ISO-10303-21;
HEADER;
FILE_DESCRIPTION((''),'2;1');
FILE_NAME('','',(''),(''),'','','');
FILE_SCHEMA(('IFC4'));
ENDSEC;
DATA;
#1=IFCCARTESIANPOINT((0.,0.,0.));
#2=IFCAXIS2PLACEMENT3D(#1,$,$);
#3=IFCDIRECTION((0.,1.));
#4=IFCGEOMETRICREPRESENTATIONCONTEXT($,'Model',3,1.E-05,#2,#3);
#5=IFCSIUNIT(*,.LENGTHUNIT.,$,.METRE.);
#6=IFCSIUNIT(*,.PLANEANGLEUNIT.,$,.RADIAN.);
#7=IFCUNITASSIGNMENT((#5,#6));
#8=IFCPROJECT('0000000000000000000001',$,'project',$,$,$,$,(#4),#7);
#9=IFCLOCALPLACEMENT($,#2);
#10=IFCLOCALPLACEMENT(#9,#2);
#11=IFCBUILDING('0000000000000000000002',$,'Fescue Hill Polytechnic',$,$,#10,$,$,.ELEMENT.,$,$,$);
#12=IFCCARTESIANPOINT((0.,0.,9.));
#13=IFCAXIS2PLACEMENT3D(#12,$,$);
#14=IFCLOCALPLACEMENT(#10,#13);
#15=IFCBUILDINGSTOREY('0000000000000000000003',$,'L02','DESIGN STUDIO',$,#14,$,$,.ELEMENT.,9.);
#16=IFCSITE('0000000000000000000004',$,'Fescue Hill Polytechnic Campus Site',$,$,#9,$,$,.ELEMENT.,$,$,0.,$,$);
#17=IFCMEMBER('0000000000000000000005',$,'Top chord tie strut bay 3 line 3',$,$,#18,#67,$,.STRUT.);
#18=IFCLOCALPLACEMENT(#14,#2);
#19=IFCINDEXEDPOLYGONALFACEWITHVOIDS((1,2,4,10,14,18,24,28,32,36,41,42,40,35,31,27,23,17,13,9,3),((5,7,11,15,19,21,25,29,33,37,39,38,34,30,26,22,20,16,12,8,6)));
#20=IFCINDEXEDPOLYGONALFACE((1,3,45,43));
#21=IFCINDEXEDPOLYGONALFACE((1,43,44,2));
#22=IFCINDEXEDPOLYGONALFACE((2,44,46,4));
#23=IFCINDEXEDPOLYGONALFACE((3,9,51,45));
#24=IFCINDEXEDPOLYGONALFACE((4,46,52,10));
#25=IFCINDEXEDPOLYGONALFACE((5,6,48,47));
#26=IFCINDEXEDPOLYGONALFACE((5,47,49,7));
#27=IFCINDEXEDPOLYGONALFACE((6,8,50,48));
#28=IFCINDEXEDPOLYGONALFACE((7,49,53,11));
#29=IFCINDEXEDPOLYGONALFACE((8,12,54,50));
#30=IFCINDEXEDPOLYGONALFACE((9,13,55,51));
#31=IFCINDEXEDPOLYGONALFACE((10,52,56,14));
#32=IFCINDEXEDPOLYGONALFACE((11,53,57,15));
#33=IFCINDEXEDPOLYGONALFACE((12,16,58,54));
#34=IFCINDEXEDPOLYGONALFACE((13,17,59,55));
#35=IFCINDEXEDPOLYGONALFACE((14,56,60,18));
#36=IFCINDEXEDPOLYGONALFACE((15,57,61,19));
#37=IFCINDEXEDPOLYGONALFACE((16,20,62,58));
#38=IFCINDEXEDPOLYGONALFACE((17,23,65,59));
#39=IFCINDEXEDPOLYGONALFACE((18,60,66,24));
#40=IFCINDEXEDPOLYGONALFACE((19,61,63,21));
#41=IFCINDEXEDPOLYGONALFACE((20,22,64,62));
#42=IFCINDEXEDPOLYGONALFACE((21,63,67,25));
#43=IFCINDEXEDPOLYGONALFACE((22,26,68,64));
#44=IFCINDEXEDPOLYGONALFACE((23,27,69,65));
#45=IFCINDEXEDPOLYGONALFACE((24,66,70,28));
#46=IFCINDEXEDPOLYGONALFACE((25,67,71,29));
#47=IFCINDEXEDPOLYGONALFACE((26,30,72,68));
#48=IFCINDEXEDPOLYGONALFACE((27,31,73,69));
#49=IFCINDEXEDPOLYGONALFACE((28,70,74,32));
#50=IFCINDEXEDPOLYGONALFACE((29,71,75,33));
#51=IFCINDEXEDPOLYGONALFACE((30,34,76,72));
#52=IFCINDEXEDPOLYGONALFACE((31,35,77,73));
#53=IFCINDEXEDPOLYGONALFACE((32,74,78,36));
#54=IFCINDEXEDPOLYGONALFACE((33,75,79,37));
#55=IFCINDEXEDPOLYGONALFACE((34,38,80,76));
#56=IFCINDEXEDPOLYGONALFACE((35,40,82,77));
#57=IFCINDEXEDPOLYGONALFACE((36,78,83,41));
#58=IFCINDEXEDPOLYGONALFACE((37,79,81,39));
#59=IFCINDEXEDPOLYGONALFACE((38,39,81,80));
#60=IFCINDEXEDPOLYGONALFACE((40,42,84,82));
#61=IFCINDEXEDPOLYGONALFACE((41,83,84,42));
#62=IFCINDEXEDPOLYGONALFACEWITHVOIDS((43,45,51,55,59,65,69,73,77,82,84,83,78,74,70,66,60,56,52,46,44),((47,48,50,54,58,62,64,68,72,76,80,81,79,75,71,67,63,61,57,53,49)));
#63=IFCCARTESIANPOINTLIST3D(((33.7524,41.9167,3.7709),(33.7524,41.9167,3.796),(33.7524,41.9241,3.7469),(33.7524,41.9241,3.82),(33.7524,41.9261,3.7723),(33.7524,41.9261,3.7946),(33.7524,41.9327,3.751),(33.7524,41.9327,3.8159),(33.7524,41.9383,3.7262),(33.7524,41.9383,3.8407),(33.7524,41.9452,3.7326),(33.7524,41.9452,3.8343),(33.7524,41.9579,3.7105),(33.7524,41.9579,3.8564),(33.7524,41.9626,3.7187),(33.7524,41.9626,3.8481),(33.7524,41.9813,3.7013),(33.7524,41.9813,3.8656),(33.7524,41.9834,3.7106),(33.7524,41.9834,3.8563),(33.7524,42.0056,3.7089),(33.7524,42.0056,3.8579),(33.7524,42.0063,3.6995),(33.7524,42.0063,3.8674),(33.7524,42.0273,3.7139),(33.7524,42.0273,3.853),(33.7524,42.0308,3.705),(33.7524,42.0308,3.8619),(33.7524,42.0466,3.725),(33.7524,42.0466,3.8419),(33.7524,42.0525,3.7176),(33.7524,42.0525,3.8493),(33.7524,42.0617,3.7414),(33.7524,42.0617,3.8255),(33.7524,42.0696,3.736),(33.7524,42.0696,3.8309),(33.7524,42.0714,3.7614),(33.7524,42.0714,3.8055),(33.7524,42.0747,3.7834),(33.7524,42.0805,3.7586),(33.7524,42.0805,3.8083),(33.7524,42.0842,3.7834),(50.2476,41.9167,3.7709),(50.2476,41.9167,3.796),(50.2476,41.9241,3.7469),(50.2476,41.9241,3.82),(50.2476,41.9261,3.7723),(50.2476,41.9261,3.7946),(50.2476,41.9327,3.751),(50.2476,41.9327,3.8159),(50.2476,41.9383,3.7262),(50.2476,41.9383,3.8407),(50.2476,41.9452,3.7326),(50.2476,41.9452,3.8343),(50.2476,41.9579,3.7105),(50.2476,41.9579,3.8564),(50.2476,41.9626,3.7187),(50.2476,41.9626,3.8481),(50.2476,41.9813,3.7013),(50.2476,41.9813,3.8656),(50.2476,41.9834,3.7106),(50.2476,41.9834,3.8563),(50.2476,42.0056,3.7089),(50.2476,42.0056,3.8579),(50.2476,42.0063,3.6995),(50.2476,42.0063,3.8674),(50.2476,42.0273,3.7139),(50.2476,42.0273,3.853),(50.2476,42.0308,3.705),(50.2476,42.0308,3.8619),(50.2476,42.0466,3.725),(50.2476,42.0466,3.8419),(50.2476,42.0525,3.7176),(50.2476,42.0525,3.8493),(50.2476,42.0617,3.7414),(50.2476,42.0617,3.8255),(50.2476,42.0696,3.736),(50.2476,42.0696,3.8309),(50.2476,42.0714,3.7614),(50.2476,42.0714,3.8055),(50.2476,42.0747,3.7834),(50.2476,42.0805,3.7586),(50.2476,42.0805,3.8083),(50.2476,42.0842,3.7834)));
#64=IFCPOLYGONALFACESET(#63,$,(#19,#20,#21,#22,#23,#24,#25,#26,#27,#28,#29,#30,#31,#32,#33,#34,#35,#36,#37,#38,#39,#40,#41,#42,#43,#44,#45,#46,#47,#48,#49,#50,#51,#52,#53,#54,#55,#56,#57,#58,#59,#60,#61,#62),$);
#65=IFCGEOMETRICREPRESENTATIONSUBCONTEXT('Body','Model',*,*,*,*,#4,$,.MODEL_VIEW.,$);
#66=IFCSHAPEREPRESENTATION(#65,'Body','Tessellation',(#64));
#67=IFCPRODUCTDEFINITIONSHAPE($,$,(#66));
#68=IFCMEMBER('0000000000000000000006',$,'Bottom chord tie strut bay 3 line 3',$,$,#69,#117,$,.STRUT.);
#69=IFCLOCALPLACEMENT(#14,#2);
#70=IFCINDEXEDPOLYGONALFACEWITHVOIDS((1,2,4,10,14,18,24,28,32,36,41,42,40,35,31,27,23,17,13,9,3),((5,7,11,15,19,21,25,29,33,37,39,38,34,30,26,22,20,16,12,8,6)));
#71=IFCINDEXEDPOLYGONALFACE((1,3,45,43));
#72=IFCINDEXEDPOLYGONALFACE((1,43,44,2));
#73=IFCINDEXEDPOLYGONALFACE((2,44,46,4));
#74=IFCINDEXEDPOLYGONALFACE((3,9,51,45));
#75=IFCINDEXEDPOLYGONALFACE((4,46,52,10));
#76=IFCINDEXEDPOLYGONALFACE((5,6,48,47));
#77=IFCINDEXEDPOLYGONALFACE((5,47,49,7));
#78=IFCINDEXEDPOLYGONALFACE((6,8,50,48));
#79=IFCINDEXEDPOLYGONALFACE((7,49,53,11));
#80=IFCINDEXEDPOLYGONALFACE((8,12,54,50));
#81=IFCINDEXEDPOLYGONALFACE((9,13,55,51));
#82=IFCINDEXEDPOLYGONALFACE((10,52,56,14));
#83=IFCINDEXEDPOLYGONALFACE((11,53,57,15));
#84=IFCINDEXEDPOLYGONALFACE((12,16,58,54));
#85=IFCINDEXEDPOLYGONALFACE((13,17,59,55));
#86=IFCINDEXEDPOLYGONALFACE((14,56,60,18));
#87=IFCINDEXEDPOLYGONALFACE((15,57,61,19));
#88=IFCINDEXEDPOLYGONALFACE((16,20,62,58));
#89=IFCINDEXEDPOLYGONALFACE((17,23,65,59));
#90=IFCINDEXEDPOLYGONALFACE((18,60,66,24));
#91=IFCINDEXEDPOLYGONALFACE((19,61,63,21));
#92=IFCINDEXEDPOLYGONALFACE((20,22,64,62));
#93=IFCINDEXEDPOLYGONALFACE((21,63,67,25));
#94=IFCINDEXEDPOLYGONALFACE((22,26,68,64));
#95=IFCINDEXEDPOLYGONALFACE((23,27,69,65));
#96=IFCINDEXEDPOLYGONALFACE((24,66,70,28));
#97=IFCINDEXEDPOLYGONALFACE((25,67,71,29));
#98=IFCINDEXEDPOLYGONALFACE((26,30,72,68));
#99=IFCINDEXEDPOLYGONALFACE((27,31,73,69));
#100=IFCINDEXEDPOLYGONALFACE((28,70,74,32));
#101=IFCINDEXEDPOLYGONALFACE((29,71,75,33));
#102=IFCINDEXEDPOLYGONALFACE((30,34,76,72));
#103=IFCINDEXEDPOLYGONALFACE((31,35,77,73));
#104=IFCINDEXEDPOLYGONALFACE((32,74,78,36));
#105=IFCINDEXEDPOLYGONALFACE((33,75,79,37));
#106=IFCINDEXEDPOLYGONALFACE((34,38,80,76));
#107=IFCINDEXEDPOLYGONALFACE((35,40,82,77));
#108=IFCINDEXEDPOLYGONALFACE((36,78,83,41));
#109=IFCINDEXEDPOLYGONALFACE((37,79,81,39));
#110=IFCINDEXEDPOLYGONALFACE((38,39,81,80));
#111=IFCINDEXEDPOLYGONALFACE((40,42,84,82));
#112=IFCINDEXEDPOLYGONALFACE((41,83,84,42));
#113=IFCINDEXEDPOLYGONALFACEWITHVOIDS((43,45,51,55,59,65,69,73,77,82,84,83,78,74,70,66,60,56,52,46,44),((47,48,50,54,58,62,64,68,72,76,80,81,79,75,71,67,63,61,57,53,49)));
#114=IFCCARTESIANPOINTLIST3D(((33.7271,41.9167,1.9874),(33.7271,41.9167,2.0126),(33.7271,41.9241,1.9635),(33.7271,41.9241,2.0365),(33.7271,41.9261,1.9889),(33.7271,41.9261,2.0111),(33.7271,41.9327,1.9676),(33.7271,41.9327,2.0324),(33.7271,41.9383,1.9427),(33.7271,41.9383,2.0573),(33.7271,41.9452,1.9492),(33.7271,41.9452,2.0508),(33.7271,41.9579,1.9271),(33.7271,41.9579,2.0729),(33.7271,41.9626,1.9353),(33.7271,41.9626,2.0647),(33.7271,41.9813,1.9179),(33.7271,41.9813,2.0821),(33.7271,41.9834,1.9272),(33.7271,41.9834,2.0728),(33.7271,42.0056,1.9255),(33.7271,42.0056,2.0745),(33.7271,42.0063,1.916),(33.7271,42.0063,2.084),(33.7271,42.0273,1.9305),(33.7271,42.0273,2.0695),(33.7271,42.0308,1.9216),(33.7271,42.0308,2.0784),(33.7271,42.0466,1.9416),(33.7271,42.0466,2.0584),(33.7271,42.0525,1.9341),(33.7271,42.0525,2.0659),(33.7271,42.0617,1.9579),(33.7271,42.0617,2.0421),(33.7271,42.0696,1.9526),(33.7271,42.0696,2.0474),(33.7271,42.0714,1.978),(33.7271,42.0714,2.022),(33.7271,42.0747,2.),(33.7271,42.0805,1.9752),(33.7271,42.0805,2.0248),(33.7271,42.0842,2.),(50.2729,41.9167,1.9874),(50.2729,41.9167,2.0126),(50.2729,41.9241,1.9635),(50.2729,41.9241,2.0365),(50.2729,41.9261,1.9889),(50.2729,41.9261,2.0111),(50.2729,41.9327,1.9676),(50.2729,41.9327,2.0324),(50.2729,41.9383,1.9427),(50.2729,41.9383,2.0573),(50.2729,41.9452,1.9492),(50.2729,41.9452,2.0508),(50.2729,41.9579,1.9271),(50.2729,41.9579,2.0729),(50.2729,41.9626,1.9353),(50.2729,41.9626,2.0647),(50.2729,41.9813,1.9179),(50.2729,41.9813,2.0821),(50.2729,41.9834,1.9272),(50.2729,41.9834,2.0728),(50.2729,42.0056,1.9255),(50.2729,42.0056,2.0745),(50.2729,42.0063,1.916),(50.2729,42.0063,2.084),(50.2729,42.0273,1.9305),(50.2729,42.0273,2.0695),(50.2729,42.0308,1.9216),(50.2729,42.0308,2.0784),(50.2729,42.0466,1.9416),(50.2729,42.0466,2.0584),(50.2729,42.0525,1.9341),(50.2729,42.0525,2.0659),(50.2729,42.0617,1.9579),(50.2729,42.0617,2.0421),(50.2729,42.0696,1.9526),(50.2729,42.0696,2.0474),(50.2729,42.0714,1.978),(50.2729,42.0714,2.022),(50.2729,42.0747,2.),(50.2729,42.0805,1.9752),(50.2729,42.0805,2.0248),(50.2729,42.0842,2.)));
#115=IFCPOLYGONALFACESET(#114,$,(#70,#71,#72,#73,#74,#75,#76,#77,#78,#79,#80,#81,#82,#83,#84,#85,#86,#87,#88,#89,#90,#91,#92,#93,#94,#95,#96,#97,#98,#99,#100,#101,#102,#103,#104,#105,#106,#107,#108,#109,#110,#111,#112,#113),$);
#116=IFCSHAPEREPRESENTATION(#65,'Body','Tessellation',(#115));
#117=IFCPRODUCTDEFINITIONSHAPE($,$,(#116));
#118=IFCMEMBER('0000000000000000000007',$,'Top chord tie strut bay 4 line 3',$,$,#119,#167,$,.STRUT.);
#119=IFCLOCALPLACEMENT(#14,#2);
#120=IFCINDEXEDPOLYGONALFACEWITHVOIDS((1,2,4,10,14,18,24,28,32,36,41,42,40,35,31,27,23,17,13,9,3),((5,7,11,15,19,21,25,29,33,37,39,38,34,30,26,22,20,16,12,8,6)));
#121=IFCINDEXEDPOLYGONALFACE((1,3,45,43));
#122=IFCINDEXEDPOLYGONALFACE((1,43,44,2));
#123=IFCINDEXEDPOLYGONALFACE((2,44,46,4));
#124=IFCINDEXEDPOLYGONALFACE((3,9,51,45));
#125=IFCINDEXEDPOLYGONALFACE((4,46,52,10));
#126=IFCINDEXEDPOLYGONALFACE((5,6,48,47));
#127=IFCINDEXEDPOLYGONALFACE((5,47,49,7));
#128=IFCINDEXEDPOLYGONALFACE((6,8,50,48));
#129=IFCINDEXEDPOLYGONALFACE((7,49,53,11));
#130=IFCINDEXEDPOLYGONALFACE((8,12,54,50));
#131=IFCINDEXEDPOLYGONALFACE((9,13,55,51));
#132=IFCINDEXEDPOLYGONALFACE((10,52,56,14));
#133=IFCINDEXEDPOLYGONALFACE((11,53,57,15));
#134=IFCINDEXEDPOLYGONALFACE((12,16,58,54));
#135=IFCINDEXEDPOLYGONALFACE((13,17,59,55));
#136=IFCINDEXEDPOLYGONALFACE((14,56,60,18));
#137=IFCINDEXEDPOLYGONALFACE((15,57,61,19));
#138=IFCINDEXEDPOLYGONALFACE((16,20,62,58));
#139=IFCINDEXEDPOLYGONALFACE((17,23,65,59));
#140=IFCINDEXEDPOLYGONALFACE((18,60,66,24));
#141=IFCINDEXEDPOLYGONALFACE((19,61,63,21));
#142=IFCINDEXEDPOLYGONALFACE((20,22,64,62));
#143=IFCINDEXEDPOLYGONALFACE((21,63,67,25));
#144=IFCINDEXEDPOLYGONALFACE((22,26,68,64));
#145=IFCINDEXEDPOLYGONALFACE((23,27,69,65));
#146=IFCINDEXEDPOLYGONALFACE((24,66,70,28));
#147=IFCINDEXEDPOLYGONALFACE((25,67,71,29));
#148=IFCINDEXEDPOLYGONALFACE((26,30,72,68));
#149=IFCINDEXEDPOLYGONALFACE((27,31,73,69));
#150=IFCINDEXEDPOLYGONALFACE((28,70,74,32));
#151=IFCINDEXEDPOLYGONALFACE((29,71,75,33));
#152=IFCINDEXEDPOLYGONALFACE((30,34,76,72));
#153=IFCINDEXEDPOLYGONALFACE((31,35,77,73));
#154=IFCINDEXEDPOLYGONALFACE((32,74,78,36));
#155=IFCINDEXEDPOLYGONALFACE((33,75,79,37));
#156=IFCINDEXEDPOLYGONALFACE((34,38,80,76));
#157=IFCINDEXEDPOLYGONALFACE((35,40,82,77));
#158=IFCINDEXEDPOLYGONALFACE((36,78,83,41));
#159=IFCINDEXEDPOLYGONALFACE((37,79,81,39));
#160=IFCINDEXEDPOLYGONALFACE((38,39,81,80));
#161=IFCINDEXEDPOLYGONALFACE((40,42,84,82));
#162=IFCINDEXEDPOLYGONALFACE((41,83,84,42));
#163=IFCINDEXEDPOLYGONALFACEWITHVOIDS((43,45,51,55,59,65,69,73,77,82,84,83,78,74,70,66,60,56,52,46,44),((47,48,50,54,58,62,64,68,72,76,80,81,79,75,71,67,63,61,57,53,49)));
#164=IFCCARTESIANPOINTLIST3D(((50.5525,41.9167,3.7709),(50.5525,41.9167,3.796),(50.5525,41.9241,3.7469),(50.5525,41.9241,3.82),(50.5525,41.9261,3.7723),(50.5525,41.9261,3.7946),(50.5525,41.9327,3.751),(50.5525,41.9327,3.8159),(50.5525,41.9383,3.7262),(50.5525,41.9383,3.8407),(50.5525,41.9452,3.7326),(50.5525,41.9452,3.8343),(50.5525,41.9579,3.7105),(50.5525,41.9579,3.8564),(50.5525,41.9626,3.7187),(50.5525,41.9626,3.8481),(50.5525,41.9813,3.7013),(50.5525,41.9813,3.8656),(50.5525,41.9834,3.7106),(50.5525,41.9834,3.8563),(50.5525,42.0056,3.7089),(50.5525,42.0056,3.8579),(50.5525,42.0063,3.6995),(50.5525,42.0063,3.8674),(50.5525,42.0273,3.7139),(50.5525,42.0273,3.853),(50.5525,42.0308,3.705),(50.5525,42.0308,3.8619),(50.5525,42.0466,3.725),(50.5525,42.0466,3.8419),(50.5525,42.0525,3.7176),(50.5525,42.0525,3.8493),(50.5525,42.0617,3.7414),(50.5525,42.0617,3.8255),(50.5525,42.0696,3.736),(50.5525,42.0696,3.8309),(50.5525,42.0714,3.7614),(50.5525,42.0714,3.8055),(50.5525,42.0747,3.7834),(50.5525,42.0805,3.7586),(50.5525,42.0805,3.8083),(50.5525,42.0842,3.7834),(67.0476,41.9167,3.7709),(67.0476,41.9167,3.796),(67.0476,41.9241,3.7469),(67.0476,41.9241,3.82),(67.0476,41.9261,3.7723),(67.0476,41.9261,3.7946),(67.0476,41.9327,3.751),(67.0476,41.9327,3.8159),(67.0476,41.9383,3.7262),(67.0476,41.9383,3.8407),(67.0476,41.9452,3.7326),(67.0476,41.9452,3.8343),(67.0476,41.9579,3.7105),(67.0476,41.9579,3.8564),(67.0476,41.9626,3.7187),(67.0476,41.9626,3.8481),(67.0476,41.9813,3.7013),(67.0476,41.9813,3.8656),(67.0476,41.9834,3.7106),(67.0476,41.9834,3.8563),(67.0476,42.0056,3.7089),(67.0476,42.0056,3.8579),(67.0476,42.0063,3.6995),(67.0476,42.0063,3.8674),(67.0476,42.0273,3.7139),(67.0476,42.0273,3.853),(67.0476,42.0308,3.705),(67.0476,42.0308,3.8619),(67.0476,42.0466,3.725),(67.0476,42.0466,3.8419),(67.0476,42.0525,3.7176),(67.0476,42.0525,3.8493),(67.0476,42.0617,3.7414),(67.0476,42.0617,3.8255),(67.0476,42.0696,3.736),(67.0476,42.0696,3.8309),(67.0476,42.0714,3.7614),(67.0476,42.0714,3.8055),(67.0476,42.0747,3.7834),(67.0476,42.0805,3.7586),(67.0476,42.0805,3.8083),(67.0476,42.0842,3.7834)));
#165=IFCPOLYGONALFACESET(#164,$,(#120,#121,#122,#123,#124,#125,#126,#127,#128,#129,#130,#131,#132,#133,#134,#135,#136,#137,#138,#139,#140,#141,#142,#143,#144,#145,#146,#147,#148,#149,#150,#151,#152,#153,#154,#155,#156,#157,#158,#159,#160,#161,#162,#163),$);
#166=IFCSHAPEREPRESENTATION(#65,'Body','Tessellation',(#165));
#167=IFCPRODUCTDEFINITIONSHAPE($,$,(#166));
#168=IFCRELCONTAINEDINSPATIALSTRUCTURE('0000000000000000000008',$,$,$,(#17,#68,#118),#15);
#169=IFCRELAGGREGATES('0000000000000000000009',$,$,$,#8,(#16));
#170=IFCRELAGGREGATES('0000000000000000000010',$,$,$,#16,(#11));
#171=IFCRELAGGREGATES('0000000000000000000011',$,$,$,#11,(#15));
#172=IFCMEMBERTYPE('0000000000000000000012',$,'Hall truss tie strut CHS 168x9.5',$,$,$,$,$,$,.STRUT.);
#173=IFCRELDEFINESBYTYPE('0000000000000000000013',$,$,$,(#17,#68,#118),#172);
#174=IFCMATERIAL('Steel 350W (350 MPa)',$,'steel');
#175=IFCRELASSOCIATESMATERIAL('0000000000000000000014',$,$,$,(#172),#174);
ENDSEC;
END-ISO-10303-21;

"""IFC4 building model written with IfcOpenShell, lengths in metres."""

from ifc_helpers import new_model, si_unit, direction, frame, origin, origin_2d, place, context, subcontext, project, spatial, hollow_circle, extrude, material, material_profile, profile_set, type_object, element, save


model = new_model("IFC4")

# Units and contexts
model_context = context("Model", 3, precision=1e-05, world=origin(), true_north=direction((0.0, 1.0)))
body_context = subcontext(model_context, "Body", "Model", "MODEL_VIEW")
ifc_project = project(units=[si_unit("LENGTHUNIT", "METRE"), si_unit("PLANEANGLEUNIT", "RADIAN")], contexts=[model_context])

# Site, building, storey
site_placement = place(None, origin())
site = spatial("IfcSite", under=ifc_project, at=site_placement, Name="Fescue Hill Polytechnic Campus Site", CompositionType="ELEMENT", RefElevation=0.0)
building_placement = place(site_placement, origin())
building = spatial("IfcBuilding", under=site, at=building_placement, Name="Fescue Hill Polytechnic", CompositionType="ELEMENT")
storey_placement = place(building_placement, frame((0.0, 0.0, 9.0)))
storey = spatial("IfcBuildingStorey", under=building, at=storey_placement, Name="L02", Description="DESIGN STUDIO", CompositionType="ELEMENT", Elevation=9.0)

# Members
ifc_material = material(Name="Steel 350W (350 MPa)", Category="steel")
ifc_material_profile_1 = material_profile(ifc_material, hollow_circle(Radius=0.0842, WallThickness=0.0095, at=origin_2d()), Name="Hall truss tie strut CHS 168x9.5")
ifc_profile_set_1 = profile_set([ifc_material_profile_1], Name="Steel 350W (350 MPa)")
member_type_1 = type_object("IfcMemberType", Name="Hall truss tie strut CHS 168x9.5", PredefinedType="STRUT", material=ifc_profile_set_1)
member_1_placement = place(storey_placement, frame((33.7524, 42.0, 3.7834), z_axis=(1.0, 0.0, 0.0), x_axis=(0.0, 1.0, 0.0)))
element("IfcMember", 1, at=member_1_placement, inside=storey, type_object=member_type_1, Name="Top chord tie strut bay 3 line 3", PredefinedType="STRUT", context=body_context, shape_type="SweptSolid", body=[
    extrude(hollow_circle(Radius=0.0842, WallThickness=0.0095, at=origin_2d()), origin(), (0.0, 0.0, 1.0), 16.4951),
])
member_2_placement = place(storey_placement, frame((33.7271, 42.0, 2.0), z_axis=(1.0, 0.0, 0.0), x_axis=(0.0, 1.0, 0.0)))
element("IfcMember", 2, at=member_2_placement, inside=storey, type_object=member_type_1, Name="Bottom chord tie strut bay 3 line 3", PredefinedType="STRUT", context=body_context, shape_type="SweptSolid", body=[
    extrude(hollow_circle(Radius=0.0842, WallThickness=0.0095, at=origin_2d()), origin(), (0.0, 0.0, 1.0), 16.5459),
])
member_3_placement = place(storey_placement, frame((50.5525, 42.0, 3.7834), z_axis=(1.0, 0.0, 0.0), x_axis=(0.0, 1.0, 0.0)))
element("IfcMember", 3, at=member_3_placement, inside=storey, type_object=member_type_1, Name="Top chord tie strut bay 4 line 3", PredefinedType="STRUT", context=body_context, shape_type="SweptSolid", body=[
    extrude(hollow_circle(Radius=0.0842, WallThickness=0.0095, at=origin_2d()), origin(), (0.0, 0.0, 1.0), 16.4951),
])

save(model, "model.ifc")
